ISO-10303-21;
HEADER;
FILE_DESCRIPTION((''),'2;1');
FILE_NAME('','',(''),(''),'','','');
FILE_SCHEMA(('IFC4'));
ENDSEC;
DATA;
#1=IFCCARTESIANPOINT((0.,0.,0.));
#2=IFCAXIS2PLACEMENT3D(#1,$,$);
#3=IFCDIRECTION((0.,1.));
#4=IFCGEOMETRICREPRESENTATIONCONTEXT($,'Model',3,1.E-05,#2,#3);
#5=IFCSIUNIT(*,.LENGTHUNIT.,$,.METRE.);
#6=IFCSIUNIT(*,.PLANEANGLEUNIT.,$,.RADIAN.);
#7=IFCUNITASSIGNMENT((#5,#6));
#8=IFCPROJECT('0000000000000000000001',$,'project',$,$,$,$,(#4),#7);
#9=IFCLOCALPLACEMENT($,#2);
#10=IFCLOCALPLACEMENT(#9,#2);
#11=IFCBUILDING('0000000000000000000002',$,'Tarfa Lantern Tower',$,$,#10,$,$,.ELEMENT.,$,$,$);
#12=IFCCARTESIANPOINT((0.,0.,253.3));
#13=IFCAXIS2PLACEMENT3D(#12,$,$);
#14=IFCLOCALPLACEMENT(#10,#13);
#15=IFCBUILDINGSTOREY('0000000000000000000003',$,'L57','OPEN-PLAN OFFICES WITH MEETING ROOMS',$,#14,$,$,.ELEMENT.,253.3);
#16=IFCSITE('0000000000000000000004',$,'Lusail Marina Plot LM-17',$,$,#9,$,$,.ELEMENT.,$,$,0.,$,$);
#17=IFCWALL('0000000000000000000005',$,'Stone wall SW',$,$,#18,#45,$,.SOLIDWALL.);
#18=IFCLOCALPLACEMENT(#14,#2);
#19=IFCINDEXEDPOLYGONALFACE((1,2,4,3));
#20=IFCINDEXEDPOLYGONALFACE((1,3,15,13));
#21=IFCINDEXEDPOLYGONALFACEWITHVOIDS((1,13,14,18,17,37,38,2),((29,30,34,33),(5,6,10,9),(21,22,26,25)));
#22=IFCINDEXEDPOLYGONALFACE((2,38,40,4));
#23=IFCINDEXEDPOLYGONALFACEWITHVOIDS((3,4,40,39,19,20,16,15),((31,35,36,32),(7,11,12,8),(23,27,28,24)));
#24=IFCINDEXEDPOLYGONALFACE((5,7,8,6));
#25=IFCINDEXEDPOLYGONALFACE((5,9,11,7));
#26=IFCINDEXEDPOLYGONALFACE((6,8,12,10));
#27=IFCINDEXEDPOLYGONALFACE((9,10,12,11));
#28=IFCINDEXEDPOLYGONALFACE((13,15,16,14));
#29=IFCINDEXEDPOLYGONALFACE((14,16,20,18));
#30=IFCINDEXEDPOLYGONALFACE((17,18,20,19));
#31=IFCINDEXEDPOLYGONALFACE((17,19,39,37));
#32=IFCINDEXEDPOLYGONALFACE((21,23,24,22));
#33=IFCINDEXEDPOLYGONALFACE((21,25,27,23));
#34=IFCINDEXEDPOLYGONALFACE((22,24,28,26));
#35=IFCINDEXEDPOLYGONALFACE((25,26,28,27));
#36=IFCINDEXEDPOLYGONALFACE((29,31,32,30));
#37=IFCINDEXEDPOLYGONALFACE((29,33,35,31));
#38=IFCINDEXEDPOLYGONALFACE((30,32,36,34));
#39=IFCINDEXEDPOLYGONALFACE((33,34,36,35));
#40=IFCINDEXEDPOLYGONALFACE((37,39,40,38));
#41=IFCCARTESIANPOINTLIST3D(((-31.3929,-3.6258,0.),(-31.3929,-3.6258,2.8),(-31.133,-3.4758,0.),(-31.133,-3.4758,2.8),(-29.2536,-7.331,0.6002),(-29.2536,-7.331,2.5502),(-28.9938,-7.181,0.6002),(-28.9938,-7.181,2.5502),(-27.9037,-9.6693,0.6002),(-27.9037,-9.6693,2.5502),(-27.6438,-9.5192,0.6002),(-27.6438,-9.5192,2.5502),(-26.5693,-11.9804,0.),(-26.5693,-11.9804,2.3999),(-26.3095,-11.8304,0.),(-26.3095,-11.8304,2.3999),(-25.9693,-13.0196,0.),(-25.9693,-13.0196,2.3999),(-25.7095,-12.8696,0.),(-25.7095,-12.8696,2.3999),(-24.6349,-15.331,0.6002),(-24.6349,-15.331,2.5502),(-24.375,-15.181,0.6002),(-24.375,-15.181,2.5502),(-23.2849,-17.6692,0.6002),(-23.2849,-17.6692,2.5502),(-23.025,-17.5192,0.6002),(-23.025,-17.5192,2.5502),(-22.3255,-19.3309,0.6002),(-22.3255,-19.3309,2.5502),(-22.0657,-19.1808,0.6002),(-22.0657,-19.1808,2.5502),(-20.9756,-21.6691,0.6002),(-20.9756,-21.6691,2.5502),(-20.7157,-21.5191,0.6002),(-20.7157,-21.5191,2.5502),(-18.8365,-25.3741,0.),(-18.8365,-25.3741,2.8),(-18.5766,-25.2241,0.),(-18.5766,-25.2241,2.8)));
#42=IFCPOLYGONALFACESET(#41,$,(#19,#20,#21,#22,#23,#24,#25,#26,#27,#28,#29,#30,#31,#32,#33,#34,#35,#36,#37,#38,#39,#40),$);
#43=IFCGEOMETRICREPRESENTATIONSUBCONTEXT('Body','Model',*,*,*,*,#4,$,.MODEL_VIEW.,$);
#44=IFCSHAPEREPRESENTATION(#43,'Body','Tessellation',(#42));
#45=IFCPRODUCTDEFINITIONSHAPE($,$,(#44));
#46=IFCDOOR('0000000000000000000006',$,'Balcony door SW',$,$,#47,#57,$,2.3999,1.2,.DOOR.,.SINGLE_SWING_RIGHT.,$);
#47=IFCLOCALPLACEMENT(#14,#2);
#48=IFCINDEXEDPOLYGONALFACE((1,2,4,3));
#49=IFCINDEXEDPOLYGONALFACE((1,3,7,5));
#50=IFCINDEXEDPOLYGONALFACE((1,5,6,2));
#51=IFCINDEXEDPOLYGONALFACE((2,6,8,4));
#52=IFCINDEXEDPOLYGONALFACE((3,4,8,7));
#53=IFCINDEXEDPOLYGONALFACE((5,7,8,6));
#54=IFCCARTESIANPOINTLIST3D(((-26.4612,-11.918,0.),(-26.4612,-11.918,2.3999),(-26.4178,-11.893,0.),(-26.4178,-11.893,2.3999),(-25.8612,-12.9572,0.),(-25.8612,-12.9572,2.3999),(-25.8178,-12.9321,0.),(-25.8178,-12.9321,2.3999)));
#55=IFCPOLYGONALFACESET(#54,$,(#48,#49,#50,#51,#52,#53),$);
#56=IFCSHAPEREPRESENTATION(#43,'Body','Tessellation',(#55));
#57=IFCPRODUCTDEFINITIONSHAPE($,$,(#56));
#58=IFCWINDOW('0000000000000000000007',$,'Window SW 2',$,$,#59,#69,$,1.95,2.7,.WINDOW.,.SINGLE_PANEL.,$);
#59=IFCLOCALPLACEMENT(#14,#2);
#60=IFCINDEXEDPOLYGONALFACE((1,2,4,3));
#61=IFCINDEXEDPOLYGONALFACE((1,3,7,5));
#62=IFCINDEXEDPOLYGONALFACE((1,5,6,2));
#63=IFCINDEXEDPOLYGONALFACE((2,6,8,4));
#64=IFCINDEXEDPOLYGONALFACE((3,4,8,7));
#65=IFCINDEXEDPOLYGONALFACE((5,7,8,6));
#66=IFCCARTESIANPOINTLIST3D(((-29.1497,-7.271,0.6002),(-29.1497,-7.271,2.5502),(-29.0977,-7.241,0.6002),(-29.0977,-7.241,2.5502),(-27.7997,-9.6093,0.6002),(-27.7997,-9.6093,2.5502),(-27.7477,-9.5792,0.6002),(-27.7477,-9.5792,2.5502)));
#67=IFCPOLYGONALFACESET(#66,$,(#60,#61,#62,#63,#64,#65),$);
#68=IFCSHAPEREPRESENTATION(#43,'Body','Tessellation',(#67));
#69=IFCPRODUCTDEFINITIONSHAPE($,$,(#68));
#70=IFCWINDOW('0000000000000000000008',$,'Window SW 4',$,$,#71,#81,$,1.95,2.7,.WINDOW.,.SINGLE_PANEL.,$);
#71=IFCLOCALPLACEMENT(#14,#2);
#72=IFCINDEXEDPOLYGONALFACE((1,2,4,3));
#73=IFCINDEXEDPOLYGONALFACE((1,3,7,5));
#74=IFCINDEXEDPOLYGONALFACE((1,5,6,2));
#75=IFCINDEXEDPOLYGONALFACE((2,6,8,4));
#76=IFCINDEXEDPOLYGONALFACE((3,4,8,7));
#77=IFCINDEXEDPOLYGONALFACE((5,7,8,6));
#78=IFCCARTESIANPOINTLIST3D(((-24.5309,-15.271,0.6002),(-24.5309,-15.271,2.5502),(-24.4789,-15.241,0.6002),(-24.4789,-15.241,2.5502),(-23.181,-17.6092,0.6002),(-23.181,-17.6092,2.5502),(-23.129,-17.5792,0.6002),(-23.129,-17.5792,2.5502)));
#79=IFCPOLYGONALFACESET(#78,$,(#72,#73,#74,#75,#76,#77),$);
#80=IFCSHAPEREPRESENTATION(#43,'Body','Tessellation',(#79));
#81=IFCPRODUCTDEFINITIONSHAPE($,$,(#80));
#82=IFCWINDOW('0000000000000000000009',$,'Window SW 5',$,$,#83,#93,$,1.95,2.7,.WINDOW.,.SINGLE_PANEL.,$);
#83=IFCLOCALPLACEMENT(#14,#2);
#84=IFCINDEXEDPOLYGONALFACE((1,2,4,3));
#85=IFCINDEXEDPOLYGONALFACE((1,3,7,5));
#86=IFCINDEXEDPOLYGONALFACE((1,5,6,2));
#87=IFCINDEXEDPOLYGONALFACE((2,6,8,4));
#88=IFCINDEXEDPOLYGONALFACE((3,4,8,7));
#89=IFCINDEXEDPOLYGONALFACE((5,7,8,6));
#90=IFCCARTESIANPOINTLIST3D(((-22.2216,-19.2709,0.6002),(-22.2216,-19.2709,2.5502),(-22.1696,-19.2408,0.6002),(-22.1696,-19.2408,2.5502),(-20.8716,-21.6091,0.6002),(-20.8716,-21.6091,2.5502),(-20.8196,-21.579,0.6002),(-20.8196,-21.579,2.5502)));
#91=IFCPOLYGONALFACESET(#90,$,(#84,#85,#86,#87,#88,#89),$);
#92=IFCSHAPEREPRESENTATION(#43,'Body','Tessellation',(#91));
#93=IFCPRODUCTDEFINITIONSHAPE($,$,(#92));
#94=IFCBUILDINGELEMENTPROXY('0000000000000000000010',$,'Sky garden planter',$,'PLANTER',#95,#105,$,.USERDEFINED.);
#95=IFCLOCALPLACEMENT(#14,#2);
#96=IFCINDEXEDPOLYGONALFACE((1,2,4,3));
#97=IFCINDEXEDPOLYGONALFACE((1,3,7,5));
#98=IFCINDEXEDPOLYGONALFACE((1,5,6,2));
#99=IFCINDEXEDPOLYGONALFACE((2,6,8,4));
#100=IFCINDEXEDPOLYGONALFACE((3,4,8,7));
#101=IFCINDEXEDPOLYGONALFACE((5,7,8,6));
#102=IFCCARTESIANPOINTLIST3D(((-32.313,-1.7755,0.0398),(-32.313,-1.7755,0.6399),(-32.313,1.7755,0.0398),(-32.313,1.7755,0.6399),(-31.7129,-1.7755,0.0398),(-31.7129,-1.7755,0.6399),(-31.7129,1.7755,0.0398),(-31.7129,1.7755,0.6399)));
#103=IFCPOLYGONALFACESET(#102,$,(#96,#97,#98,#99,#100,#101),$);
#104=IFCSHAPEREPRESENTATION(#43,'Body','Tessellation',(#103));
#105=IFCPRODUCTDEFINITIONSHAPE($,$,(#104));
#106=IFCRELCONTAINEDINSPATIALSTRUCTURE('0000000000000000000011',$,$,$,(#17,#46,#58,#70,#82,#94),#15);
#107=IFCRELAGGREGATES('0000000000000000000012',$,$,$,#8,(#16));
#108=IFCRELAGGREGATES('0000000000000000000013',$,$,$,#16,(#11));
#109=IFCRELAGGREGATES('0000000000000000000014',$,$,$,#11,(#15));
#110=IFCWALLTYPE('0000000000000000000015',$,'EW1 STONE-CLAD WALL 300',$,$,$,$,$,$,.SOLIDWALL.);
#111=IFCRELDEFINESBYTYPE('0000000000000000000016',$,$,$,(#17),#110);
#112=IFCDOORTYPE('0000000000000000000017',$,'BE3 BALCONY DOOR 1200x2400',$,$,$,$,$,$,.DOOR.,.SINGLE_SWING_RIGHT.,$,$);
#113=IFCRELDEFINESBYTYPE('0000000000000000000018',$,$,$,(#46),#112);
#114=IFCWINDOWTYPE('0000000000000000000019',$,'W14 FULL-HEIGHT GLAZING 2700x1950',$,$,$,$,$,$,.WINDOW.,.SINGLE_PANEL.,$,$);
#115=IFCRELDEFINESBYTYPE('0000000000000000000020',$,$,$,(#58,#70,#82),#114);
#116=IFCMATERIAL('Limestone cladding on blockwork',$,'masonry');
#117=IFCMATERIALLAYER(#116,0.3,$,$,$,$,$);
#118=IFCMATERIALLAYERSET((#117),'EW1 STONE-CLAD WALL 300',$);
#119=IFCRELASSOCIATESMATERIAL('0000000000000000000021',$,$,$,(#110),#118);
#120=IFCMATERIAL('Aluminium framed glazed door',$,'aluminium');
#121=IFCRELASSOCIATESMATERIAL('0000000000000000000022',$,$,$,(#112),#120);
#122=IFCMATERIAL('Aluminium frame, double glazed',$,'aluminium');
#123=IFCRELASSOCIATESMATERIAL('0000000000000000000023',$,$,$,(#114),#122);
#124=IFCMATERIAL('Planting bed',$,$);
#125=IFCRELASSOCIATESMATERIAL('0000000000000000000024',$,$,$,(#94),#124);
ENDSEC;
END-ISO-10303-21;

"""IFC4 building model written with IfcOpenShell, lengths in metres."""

from ifc_helpers import new_model, si_unit, direction, frame, frame_2d, origin, origin_2d, place, context, subcontext, project, spatial, rectangle, extrude, material, layer, layer_set, type_object, element, fill, save


model = new_model("IFC4")

# Units and contexts
model_context = context("Model", 3, precision=1e-05, world=origin(), true_north=direction((0.0, 1.0)))
body_context = subcontext(model_context, "Body", "Model", "MODEL_VIEW")
ifc_project = project(units=[si_unit("LENGTHUNIT", "METRE"), si_unit("PLANEANGLEUNIT", "RADIAN")], contexts=[model_context])

# Site, building, storey
site_placement = place(None, origin())
site = spatial("IfcSite", under=ifc_project, at=site_placement, Name="Lusail Marina Plot LM-17", CompositionType="ELEMENT", RefElevation=0.0)
building_placement = place(site_placement, origin())
building = spatial("IfcBuilding", under=site, at=building_placement, Name="Tarfa Lantern Tower", CompositionType="ELEMENT")
storey_placement = place(building_placement, frame((0.0, 0.0, 253.3)))
storey = spatial("IfcBuildingStorey", under=building, at=storey_placement, Name="L57", Description="OPEN-PLAN OFFICES WITH MEETING ROOMS", CompositionType="ELEMENT", Elevation=253.3)

# Wall, openings, door, windows
ifc_material_1 = material(Name="Limestone cladding on blockwork", Category="masonry")
ifc_layer_1 = layer(ifc_material_1, 0.3)
ifc_layer_set_1 = layer_set([ifc_layer_1], Name="EW1 STONE-CLAD WALL 300")
wall_type = type_object("IfcWallType", Name="EW1 STONE-CLAD WALL 300", PredefinedType="SOLIDWALL", material=ifc_layer_set_1)
wall_placement = place(storey_placement, frame((-31.2629, -3.5508, 0.0), z_axis=(0.0, 0.0, 1.0), x_axis=(0.5, -0.866025, 0.0)))
wall = element("IfcWall", 1, at=wall_placement, inside=storey, type_object=wall_type, Name="Stone wall SW", PredefinedType="SOLIDWALL", context=body_context, shape_type="SweptSolid", body=[
    extrude(rectangle(XDim=25.1128, YDim=0.3, at=frame_2d((12.5564, 0.0))), origin(), (0.0, 0.0, 1.0), 2.8),
])
opening_1_placement = place(wall_placement, frame((4.2783, 0.0, 0.6001)))
opening_1 = element("IfcOpeningElement", 2, at=opening_1_placement, cuts=wall, PredefinedType="OPENING", context=body_context, shape_type="SweptSolid", body=[
    extrude(rectangle(XDim=2.7, YDim=1.95, at=frame_2d((1.3501, 0.9751))), frame((0.0, 0.1599, 0.0), z_axis=(0.0, -1.0, 0.0), x_axis=(1.0, 0.0, 0.0)), (0.0, 0.0, 1.0), 0.3201),
])
opening_2_placement = place(wall_placement, frame((9.647, 0.0, 0.0)))
opening_2 = element("IfcOpeningElement", 3, at=opening_2_placement, cuts=wall, PredefinedType="OPENING", context=body_context, shape_type="SweptSolid", body=[
    extrude(rectangle(XDim=1.2, YDim=2.3999, at=frame_2d((0.6001, 1.2))), frame((0.0, 0.1599, 0.0), z_axis=(0.0, -1.0, 0.0), x_axis=(1.0, 0.0, 0.0)), (0.0, 0.0, 1.0), 0.3201),
])
opening_3_placement = place(wall_placement, frame((13.5159, 0.0, 0.6001)))
opening_3 = element("IfcOpeningElement", 4, at=opening_3_placement, cuts=wall, PredefinedType="OPENING", context=body_context, shape_type="SweptSolid", body=[
    extrude(rectangle(XDim=2.7, YDim=1.95, at=frame_2d((1.3501, 0.9751))), frame((0.0, 0.1599, 0.0), z_axis=(0.0, -1.0, 0.0), x_axis=(1.0, 0.0, 0.0)), (0.0, 0.0, 1.0), 0.3201),
])
opening_4_placement = place(wall_placement, frame((18.1345, 0.0, 0.6001)))
opening_4 = element("IfcOpeningElement", 5, at=opening_4_placement, cuts=wall, PredefinedType="OPENING", context=body_context, shape_type="SweptSolid", body=[
    extrude(rectangle(XDim=2.7, YDim=1.95, at=frame_2d((1.3501, 0.9751))), frame((0.0, 0.1599, 0.0), z_axis=(0.0, -1.0, 0.0), x_axis=(1.0, 0.0, 0.0)), (0.0, 0.0, 1.0), 0.3201),
])
ifc_material_2 = material(Name="Aluminium framed glazed door", Category="aluminium")
door_type = type_object("IfcDoorType", Name="BE3 BALCONY DOOR 1200x2400", OperationType="SINGLE_SWING_RIGHT", PredefinedType="DOOR", material=ifc_material_2)
door_placement = place(opening_2_placement, origin())
door = element("IfcDoor", 6, at=door_placement, inside=storey, type_object=door_type, Name="Balcony door SW", OperationType="SINGLE_SWING_RIGHT", OverallHeight=2.3999, OverallWidth=1.2, PredefinedType="DOOR", context=body_context, shape_type="SweptSolid", body=[
    extrude(rectangle(XDim=1.2, YDim=2.3999, at=frame_2d((0.6001, 1.2))), frame((0.0, 0.0249, 0.0), z_axis=(0.0, -1.0, 0.0), x_axis=(1.0, 0.0, 0.0)), (0.0, 0.0, 1.0), 0.05),
])
fill(opening_2, door)
ifc_material_3 = material(Name="Aluminium frame, double glazed", Category="aluminium")
window_type = type_object("IfcWindowType", Name="W14 FULL-HEIGHT GLAZING 2700x1950", PartitioningType="SINGLE_PANEL", PredefinedType="WINDOW", material=ifc_material_3)
window_1_placement = place(opening_1_placement, origin())
window_1 = element("IfcWindow", 7, at=window_1_placement, inside=storey, type_object=window_type, Name="Window SW 2", OverallHeight=1.95, OverallWidth=2.7, PartitioningType="SINGLE_PANEL", PredefinedType="WINDOW", context=body_context, shape_type="SweptSolid", body=[
    extrude(rectangle(XDim=2.7, YDim=1.95, at=frame_2d((1.3501, 0.9751))), frame((0.0, 0.03, 0.0), z_axis=(0.0, -1.0, 0.0), x_axis=(1.0, 0.0, 0.0)), (0.0, 0.0, 1.0), 0.0601),
])
fill(opening_1, window_1)
window_2_placement = place(opening_3_placement, origin())
window_2 = element("IfcWindow", 8, at=window_2_placement, inside=storey, type_object=window_type, Name="Window SW 4", OverallHeight=1.95, OverallWidth=2.7, PartitioningType="SINGLE_PANEL", PredefinedType="WINDOW", context=body_context, shape_type="SweptSolid", body=[
    extrude(rectangle(XDim=2.7, YDim=1.95, at=frame_2d((1.3501, 0.9751))), frame((0.0, 0.03, 0.0), z_axis=(0.0, -1.0, 0.0), x_axis=(1.0, 0.0, 0.0)), (0.0, 0.0, 1.0), 0.0601),
])
fill(opening_3, window_2)
window_3_placement = place(opening_4_placement, origin())
window_3 = element("IfcWindow", 9, at=window_3_placement, inside=storey, type_object=window_type, Name="Window SW 5", OverallHeight=1.95, OverallWidth=2.7, PartitioningType="SINGLE_PANEL", PredefinedType="WINDOW", context=body_context, shape_type="SweptSolid", body=[
    extrude(rectangle(XDim=2.7, YDim=1.95, at=frame_2d((1.3501, 0.9751))), frame((0.0, 0.03, 0.0), z_axis=(0.0, -1.0, 0.0), x_axis=(1.0, 0.0, 0.0)), (0.0, 0.0, 1.0), 0.0601),
])
fill(opening_4, window_3)

# Building element proxy
ifc_material_4 = material(Name="Planting bed")
proxy_placement = place(storey_placement, frame((-32.0129, 0.0, 0.0398), z_axis=(0.0, 0.0, 1.0), x_axis=(0.0, -1.0, 0.0)))
element("IfcBuildingElementProxy", 10, at=proxy_placement, inside=storey, material=ifc_material_4, Name="Sky garden planter", ObjectType="PLANTER", PredefinedType="USERDEFINED", context=body_context, shape_type="SweptSolid", body=[
    extrude(rectangle(XDim=3.551, YDim=0.6001, at=origin_2d()), origin(), (0.0, 0.0, 1.0), 0.6001),
])

save(model, "model.ifc")
